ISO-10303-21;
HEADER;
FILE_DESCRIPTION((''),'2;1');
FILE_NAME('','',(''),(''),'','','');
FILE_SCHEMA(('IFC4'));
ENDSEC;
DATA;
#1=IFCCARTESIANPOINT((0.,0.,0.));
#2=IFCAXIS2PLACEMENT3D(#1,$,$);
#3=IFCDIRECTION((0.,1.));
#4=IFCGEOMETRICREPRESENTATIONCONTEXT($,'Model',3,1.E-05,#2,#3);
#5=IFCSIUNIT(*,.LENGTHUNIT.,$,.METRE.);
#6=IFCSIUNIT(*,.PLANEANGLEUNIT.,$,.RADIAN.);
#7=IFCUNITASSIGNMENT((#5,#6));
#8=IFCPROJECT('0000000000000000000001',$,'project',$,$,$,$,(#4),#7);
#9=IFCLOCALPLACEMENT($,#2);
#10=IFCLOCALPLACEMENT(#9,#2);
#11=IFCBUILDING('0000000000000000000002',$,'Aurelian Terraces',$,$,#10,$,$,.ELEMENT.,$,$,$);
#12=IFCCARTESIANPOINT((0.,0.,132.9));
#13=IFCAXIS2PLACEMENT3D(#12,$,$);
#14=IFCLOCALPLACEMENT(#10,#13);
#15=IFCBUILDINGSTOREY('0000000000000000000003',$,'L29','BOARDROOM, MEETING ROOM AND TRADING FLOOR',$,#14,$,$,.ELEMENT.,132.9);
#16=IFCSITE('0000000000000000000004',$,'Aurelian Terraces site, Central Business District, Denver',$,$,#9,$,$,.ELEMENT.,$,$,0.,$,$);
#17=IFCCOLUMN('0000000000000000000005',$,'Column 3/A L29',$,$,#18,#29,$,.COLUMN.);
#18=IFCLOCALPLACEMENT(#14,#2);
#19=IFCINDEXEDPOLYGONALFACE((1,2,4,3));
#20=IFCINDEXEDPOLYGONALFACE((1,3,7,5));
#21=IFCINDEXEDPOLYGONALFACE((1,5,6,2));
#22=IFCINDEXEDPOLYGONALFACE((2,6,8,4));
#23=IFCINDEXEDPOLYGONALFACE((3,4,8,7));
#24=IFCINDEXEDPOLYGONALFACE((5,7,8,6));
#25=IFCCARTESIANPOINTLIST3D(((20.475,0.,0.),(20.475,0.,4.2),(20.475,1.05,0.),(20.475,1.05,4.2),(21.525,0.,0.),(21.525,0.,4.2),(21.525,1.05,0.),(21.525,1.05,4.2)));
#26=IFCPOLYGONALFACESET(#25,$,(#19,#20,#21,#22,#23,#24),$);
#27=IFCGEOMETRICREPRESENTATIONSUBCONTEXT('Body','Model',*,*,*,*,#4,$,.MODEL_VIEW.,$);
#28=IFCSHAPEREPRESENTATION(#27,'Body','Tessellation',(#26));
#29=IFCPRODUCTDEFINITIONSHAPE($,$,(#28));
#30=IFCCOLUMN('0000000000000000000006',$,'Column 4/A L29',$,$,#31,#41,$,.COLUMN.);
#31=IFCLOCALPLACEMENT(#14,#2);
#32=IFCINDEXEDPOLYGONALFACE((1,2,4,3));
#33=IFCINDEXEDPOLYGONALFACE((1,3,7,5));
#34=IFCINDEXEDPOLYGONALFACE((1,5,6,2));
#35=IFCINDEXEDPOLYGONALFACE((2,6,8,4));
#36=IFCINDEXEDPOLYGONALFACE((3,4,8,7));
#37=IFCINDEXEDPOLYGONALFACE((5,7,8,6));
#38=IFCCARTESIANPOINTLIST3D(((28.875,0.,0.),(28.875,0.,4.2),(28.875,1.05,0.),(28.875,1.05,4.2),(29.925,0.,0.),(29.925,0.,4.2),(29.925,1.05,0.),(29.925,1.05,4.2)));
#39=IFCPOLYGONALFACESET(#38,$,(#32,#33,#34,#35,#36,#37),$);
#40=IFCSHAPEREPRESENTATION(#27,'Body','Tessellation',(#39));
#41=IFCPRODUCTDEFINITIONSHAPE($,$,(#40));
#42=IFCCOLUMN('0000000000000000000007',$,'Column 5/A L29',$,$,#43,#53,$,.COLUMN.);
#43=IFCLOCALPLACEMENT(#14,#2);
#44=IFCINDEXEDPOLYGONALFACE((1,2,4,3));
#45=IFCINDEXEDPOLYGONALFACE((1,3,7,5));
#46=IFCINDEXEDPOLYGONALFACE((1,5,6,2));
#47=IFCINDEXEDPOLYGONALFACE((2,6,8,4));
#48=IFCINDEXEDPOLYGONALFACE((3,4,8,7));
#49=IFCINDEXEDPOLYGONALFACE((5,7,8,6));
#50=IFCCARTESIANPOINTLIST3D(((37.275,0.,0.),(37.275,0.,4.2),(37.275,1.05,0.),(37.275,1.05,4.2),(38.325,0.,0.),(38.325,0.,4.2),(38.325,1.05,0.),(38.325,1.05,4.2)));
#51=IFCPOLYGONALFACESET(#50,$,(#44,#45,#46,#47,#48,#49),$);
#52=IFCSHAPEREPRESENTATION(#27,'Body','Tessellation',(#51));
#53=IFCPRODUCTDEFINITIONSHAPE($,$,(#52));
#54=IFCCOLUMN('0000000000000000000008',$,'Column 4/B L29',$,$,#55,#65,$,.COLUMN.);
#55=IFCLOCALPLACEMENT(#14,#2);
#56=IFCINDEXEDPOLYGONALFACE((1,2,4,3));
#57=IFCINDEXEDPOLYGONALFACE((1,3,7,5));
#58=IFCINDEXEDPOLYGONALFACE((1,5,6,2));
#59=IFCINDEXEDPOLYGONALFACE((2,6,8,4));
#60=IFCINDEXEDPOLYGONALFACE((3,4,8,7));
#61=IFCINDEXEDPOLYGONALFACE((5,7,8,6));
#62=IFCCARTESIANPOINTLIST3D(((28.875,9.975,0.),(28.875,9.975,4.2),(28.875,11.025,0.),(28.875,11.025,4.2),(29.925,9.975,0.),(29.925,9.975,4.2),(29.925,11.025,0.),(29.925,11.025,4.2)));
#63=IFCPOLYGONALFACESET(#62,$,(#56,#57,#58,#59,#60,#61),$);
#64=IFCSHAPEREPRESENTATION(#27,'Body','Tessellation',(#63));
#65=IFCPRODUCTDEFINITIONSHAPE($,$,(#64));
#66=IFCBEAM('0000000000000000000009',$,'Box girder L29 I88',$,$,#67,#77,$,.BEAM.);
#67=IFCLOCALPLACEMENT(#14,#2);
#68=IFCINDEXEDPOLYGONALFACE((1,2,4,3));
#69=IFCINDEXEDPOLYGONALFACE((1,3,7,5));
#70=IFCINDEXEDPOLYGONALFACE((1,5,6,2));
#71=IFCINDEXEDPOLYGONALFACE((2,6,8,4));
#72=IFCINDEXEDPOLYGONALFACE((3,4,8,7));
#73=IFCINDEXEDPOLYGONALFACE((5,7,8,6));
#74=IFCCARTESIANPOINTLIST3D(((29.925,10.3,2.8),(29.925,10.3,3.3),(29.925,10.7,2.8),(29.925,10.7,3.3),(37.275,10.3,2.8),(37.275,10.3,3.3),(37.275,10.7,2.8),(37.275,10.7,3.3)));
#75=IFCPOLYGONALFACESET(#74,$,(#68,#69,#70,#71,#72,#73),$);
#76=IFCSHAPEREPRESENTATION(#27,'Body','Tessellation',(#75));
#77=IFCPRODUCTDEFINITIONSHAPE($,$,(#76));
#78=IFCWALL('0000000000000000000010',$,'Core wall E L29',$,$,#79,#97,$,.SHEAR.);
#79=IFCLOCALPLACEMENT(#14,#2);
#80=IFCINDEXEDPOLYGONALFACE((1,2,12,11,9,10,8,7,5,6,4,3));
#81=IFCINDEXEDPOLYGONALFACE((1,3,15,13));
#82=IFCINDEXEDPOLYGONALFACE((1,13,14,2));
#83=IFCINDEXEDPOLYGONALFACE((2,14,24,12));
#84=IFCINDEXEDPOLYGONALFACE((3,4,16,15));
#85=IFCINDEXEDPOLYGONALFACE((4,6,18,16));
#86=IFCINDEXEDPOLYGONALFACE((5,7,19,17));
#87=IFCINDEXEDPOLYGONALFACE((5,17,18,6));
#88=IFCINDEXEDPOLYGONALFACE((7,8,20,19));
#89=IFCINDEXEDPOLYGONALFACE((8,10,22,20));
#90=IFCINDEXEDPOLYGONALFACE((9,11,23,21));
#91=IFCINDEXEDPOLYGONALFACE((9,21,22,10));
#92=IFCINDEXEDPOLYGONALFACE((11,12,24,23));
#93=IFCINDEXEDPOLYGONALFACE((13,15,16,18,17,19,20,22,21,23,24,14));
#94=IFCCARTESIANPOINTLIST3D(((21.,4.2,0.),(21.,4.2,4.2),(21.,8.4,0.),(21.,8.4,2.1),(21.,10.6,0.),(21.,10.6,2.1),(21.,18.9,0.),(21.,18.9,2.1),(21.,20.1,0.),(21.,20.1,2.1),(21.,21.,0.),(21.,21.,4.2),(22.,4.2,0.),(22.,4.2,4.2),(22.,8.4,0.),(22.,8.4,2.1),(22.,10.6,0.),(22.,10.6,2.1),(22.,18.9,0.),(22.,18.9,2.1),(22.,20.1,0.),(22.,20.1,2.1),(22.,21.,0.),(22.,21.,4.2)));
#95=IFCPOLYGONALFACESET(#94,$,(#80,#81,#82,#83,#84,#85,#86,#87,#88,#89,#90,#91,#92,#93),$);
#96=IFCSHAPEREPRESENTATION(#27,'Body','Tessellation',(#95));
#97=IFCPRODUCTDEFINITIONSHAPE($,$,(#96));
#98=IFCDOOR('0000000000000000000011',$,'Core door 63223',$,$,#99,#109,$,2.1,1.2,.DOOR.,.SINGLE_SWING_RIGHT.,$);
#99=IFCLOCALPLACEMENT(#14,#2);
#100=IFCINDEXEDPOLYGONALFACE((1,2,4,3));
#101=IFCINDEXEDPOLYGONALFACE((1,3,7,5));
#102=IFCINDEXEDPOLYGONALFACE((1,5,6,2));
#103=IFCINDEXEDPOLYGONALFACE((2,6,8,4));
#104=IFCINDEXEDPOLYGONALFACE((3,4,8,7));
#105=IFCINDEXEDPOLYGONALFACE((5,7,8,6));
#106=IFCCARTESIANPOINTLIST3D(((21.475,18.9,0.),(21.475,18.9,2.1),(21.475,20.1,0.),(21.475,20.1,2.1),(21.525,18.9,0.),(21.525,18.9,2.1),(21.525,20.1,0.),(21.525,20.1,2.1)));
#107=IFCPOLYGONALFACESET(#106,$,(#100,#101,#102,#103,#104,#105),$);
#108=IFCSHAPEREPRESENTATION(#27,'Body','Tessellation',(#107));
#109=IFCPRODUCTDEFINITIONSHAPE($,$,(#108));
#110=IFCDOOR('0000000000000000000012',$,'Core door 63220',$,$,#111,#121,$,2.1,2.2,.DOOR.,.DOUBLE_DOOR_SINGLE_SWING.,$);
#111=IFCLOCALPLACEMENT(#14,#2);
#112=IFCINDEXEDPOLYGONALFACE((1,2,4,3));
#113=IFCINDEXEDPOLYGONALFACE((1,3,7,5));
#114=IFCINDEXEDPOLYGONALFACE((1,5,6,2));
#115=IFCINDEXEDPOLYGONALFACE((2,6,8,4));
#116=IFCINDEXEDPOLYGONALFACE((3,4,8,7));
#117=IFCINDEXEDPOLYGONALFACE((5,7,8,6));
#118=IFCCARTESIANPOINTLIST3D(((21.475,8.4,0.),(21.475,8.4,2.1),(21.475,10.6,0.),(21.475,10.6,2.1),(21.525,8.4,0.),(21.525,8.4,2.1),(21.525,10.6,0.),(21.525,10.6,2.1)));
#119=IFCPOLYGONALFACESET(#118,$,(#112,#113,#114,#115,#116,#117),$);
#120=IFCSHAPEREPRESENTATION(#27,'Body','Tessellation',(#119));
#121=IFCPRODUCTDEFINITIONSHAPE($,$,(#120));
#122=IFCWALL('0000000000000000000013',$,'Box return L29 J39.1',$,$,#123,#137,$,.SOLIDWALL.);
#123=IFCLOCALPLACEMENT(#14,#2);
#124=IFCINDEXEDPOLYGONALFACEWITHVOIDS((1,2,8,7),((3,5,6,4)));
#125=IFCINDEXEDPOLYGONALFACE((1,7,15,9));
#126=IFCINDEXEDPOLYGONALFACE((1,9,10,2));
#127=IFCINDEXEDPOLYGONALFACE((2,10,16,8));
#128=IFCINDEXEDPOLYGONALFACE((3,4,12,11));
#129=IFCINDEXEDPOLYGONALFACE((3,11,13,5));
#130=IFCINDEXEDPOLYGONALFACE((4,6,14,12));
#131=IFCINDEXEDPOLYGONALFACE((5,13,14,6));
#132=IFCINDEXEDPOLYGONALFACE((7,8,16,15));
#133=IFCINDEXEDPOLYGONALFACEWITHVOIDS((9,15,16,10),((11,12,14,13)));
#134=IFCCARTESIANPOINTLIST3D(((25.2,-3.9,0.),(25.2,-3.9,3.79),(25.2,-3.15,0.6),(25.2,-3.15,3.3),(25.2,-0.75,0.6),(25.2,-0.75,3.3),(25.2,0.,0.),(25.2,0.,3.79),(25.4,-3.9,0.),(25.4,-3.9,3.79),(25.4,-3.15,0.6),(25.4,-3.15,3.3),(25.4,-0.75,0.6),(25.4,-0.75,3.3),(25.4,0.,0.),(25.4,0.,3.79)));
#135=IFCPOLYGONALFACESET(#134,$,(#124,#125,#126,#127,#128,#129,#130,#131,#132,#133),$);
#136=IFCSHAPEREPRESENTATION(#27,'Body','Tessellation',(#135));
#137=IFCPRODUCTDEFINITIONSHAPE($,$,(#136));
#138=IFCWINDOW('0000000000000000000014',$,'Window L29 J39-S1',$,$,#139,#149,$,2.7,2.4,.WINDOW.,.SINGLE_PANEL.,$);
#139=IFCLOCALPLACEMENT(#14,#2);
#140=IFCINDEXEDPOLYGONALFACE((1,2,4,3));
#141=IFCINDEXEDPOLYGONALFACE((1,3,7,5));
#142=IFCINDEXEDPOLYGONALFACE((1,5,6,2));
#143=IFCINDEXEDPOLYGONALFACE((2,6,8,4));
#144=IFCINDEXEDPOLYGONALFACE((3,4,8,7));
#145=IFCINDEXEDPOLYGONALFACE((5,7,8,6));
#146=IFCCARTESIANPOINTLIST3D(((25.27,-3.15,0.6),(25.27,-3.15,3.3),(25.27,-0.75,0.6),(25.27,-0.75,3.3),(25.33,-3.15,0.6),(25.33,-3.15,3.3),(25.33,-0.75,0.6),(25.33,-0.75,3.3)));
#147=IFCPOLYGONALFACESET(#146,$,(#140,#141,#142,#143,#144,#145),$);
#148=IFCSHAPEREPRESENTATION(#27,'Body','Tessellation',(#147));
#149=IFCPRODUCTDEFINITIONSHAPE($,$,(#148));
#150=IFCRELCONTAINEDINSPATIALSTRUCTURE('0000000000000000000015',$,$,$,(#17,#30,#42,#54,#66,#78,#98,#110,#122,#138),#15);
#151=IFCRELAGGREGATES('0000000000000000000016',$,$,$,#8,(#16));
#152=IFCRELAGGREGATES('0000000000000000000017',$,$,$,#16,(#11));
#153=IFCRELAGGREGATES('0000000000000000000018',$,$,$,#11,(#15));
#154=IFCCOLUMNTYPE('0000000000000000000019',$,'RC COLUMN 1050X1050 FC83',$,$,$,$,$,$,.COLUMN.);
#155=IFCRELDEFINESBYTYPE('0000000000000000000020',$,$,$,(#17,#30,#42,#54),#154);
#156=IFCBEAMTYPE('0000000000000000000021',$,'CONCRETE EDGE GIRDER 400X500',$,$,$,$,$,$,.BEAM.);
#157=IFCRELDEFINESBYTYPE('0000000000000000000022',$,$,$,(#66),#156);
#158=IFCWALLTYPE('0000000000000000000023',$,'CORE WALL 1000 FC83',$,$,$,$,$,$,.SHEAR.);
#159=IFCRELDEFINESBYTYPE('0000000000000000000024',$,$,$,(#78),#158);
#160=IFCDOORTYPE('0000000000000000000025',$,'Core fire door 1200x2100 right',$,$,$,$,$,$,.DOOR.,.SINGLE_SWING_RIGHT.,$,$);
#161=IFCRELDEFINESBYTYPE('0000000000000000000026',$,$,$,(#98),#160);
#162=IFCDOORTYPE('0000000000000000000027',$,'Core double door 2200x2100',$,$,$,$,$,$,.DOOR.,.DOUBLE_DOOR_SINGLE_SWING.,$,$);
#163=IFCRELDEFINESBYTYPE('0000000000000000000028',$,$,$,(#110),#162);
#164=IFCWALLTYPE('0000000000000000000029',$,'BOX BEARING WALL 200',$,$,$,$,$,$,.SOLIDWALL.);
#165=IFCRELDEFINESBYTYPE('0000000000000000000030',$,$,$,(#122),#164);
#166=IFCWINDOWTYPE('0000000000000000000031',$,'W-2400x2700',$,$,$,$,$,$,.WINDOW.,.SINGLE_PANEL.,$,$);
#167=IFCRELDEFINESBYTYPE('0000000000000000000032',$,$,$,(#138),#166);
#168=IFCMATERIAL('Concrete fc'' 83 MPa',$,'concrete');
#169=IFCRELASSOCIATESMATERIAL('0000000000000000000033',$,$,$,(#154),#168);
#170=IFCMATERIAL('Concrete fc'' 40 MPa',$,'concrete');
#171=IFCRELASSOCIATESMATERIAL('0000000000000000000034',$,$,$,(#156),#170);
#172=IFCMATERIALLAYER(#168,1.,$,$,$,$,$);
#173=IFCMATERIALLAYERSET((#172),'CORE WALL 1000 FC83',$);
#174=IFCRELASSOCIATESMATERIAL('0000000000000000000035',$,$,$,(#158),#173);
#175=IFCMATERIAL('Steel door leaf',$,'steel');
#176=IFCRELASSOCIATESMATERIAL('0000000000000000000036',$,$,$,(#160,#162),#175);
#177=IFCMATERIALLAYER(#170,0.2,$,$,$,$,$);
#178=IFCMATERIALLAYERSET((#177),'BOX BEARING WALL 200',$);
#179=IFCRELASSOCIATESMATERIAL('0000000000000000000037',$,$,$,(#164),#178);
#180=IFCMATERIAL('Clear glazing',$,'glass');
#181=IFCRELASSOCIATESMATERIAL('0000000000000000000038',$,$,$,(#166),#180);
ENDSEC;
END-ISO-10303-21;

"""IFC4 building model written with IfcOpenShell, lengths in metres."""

from ifc_helpers import new_model, si_unit, direction, frame, frame_2d, origin, origin_2d, place, context, subcontext, project, spatial, rectangle, extrude, source, transform, mapped, material, layer, layer_set, material_profile, profile_set, type_object, element, fill, save


model = new_model("IFC4")

# Units and contexts
model_context = context("Model", 3, precision=1e-05, world=origin(), true_north=direction((0.0, 1.0)))
body_context = subcontext(model_context, "Body", "Model", "MODEL_VIEW")
ifc_project = project(units=[si_unit("LENGTHUNIT", "METRE"), si_unit("PLANEANGLEUNIT", "RADIAN")], contexts=[model_context])

# Site, building, storey
site_placement = place(None, origin())
site = spatial("IfcSite", under=ifc_project, at=site_placement, Name="Aurelian Terraces site, Central Business District, Denver", CompositionType="ELEMENT", RefElevation=0.0)
building_placement = place(site_placement, origin())
building = spatial("IfcBuilding", under=site, at=building_placement, Name="Aurelian Terraces", CompositionType="ELEMENT")
storey_placement = place(building_placement, frame((0.0, 0.0, 132.9)))
storey = spatial("IfcBuildingStorey", under=building, at=storey_placement, Name="L29", Description="BOARDROOM, MEETING ROOM AND TRADING FLOOR", CompositionType="ELEMENT", Elevation=132.9)

# Columns
ifc_material_1 = material(Name="Concrete fc' 83 MPa", Category="concrete")
ifc_material_profile_1 = material_profile(ifc_material_1, rectangle(XDim=1.05, YDim=1.05, at=origin_2d()))
ifc_profile_set_1 = profile_set([ifc_material_profile_1], Name="Concrete fc' 83 MPa")
column_type = type_object("IfcColumnType", Name="RC COLUMN 1050X1050 FC83", PredefinedType="COLUMN", material=ifc_profile_set_1)
shared_shape_1 = source(origin(), body_context, "Body", "SweptSolid", [
    extrude(rectangle(XDim=1.05, YDim=1.05, at=origin_2d()), origin(), (0.0, 0.0, 1.0), 4.2),
])
for number, where, z_axis, x_axis, name in (
    (1, (21.0, 0.525, 0.0), (0.0, 0.0, 1.0), (1.0, 0.0, 0.0), "Column 3/A L29"),
    (2, (29.4, 0.525, 0.0), (0.0, 0.0, 1.0), (1.0, 0.0, 0.0), "Column 4/A L29"),
    (3, (37.8, 0.525, 0.0), (0.0, 0.0, 1.0), (1.0, 0.0, 0.0), "Column 5/A L29"),
    (4, (29.4, 10.5, 0.0), (0.0, 0.0, 1.0), (1.0, 0.0, 0.0), "Column 4/B L29"),
):
    element("IfcColumn", number, at=place(storey_placement, frame(where, z_axis=z_axis, x_axis=x_axis)), inside=storey, type_object=column_type, Name=name, PredefinedType="COLUMN", context=body_context, shape_type="MappedRepresentation", body=[
        mapped(shared_shape_1, transform((0.0, 0.0, 0.0), scale=1.0)),
    ])

# Beam
ifc_material_2 = material(Name="Concrete fc' 40 MPa", Category="concrete")
ifc_material_profile_2 = material_profile(ifc_material_2, rectangle(XDim=0.4, YDim=0.5, at=origin_2d()))
ifc_profile_set_2 = profile_set([ifc_material_profile_2], Name="Concrete fc' 40 MPa")
beam_type = type_object("IfcBeamType", Name="CONCRETE EDGE GIRDER 400X500", PredefinedType="BEAM", material=ifc_profile_set_2)
shared_shape_2 = source(origin(), body_context, "Body", "SweptSolid", [
    extrude(rectangle(XDim=0.4, YDim=0.5, at=origin_2d()), origin(), (0.0, 0.0, 1.0), 7.35),
])
beam_placement = place(storey_placement, frame((29.925, 10.5, 3.05), z_axis=(1.0, 0.0, 0.0), x_axis=(0.0, 1.0, 0.0)))
element("IfcBeam", 5, at=beam_placement, inside=storey, type_object=beam_type, Name="Box girder L29 I88", PredefinedType="BEAM", context=body_context, shape_type="MappedRepresentation", body=[
    mapped(shared_shape_2, transform((0.0, 0.0, 0.0), scale=1.0)),
])

# Wall, openings, doors
ifc_layer_1 = layer(ifc_material_1, 1.0)
ifc_layer_set_1 = layer_set([ifc_layer_1], Name="CORE WALL 1000 FC83")
wall_type_1 = type_object("IfcWallType", Name="CORE WALL 1000 FC83", PredefinedType="SHEAR", material=ifc_layer_set_1)
shared_shape_3 = source(origin(), body_context, "Body", "SweptSolid", [
    extrude(rectangle(XDim=16.8, YDim=1.0, at=frame_2d((8.4, 0.0))), origin(), (0.0, 0.0, 1.0), 4.2),
])
wall_1_placement = place(storey_placement, frame((21.5, 4.2, 0.0), z_axis=(0.0, 0.0, 1.0), x_axis=(0.0, 1.0, 0.0)))
wall_1 = element("IfcWall", 6, at=wall_1_placement, inside=storey, type_object=wall_type_1, Name="Core wall E L29", PredefinedType="SHEAR", context=body_context, shape_type="MappedRepresentation", body=[
    mapped(shared_shape_3, transform((0.0, 0.0, 0.0), scale=1.0)),
])
shared_shape_4 = source(origin(), body_context, "Body", "SweptSolid", [
    extrude(rectangle(XDim=2.2, YDim=2.1, at=frame_2d((1.1, 1.05))), frame((0.0, 0.51, 0.0), z_axis=(0.0, -1.0, 0.0), x_axis=(1.0, 0.0, 0.0)), (0.0, 0.0, 1.0), 1.02),
])
opening_1_placement = place(wall_1_placement, frame((4.2, 0.0, 0.0)))
opening_1 = element("IfcOpeningElement", 7, at=opening_1_placement, cuts=wall_1, PredefinedType="OPENING", context=body_context, shape_type="MappedRepresentation", body=[
    mapped(shared_shape_4, transform((0.0, 0.0, 0.0), scale=1.0)),
])
shared_shape_5 = source(origin(), body_context, "Body", "SweptSolid", [
    extrude(rectangle(XDim=1.2, YDim=2.1, at=frame_2d((0.6, 1.05))), frame((0.0, 0.51, 0.0), z_axis=(0.0, -1.0, 0.0), x_axis=(1.0, 0.0, 0.0)), (0.0, 0.0, 1.0), 1.02),
])
opening_2_placement = place(wall_1_placement, frame((14.7, 0.0, 0.0)))
opening_2 = element("IfcOpeningElement", 8, at=opening_2_placement, cuts=wall_1, PredefinedType="OPENING", context=body_context, shape_type="MappedRepresentation", body=[
    mapped(shared_shape_5, transform((0.0, 0.0, 0.0), scale=1.0)),
])
ifc_material_3 = material(Name="Steel door leaf", Category="steel")
door_type_1 = type_object("IfcDoorType", Name="Core fire door 1200x2100 right", OperationType="SINGLE_SWING_RIGHT", PredefinedType="DOOR", material=ifc_material_3)
shared_shape_6 = source(origin(), body_context, "Body", "SweptSolid", [
    extrude(rectangle(XDim=1.2, YDim=2.1, at=frame_2d((0.6, 1.05))), frame((0.0, 0.025, 0.0), z_axis=(0.0, -1.0, 0.0), x_axis=(1.0, 0.0, 0.0)), (0.0, 0.0, 1.0), 0.05),
])
door_1_placement = place(opening_2_placement, origin())
door_1 = element("IfcDoor", 9, at=door_1_placement, inside=storey, type_object=door_type_1, Name="Core door 63223", OperationType="SINGLE_SWING_RIGHT", OverallHeight=2.1, OverallWidth=1.2, PredefinedType="DOOR", context=body_context, shape_type="MappedRepresentation", body=[
    mapped(shared_shape_6, transform((0.0, 0.0, 0.0), scale=1.0)),
])
fill(opening_2, door_1)
door_type_2 = type_object("IfcDoorType", Name="Core double door 2200x2100", OperationType="DOUBLE_DOOR_SINGLE_SWING", PredefinedType="DOOR", material=ifc_material_3)
shared_shape_7 = source(origin(), body_context, "Body", "SweptSolid", [
    extrude(rectangle(XDim=2.2, YDim=2.1, at=frame_2d((1.1, 1.05))), frame((0.0, 0.025, 0.0), z_axis=(0.0, -1.0, 0.0), x_axis=(1.0, 0.0, 0.0)), (0.0, 0.0, 1.0), 0.05),
])
door_2_placement = place(opening_1_placement, origin())
door_2 = element("IfcDoor", 10, at=door_2_placement, inside=storey, type_object=door_type_2, Name="Core door 63220", OperationType="DOUBLE_DOOR_SINGLE_SWING", OverallHeight=2.1, OverallWidth=2.2, PredefinedType="DOOR", context=body_context, shape_type="MappedRepresentation", body=[
    mapped(shared_shape_7, transform((0.0, 0.0, 0.0), scale=1.0)),
])
fill(opening_1, door_2)

# Wall, opening, window
ifc_layer_2 = layer(ifc_material_2, 0.2)
ifc_layer_set_2 = layer_set([ifc_layer_2], Name="BOX BEARING WALL 200")
wall_type_2 = type_object("IfcWallType", Name="BOX BEARING WALL 200", PredefinedType="SOLIDWALL", material=ifc_layer_set_2)
shared_shape_8 = source(origin(), body_context, "Body", "SweptSolid", [
    extrude(rectangle(XDim=3.9, YDim=0.2, at=frame_2d((1.95, 0.0))), origin(), (0.0, 0.0, 1.0), 3.79),
])
wall_2_placement = place(storey_placement, frame((25.3, 0.0, 0.0), z_axis=(0.0, 0.0, 1.0), x_axis=(0.0, -1.0, 0.0)))
wall_2 = element("IfcWall", 11, at=wall_2_placement, inside=storey, type_object=wall_type_2, Name="Box return L29 J39.1", PredefinedType="SOLIDWALL", context=body_context, shape_type="MappedRepresentation", body=[
    mapped(shared_shape_8, transform((0.0, 0.0, 0.0), scale=1.0)),
])
shared_shape_9 = source(origin(), body_context, "Body", "SweptSolid", [
    extrude(rectangle(XDim=2.4, YDim=2.7, at=frame_2d((1.2, 1.35))), frame((0.0, 0.11, 0.0), z_axis=(0.0, -1.0, 0.0), x_axis=(1.0, 0.0, 0.0)), (0.0, 0.0, 1.0), 0.22),
])
opening_3_placement = place(wall_2_placement, frame((0.75, 0.0, 0.6)))
opening_3 = element("IfcOpeningElement", 12, at=opening_3_placement, cuts=wall_2, PredefinedType="OPENING", context=body_context, shape_type="MappedRepresentation", body=[
    mapped(shared_shape_9, transform((0.0, 0.0, 0.0), scale=1.0)),
])
ifc_material_4 = material(Name="Clear glazing", Category="glass")
window_type_1 = type_object("IfcWindowType", Name="W-2400x2700", PartitioningType="SINGLE_PANEL", PredefinedType="WINDOW", material=ifc_material_4)
shared_shape_10 = source(origin(), body_context, "Body", "SweptSolid", [
    extrude(rectangle(XDim=2.4, YDim=2.7, at=frame_2d((1.2, 1.35))), frame((0.0, 0.03, 0.0), z_axis=(0.0, -1.0, 0.0), x_axis=(1.0, 0.0, 0.0)), (0.0, 0.0, 1.0), 0.06),
])
window_1_placement = place(opening_3_placement, origin())
window_1 = element("IfcWindow", 13, at=window_1_placement, inside=storey, type_object=window_type_1, Name="Window L29 J39-S1", OverallHeight=2.7, OverallWidth=2.4, PartitioningType="SINGLE_PANEL", PredefinedType="WINDOW", context=body_context, shape_type="MappedRepresentation", body=[
    mapped(shared_shape_10, transform((0.0, 0.0, 0.0), scale=1.0)),
])
fill(opening_3, window_1)

save(model, "model.ifc")
